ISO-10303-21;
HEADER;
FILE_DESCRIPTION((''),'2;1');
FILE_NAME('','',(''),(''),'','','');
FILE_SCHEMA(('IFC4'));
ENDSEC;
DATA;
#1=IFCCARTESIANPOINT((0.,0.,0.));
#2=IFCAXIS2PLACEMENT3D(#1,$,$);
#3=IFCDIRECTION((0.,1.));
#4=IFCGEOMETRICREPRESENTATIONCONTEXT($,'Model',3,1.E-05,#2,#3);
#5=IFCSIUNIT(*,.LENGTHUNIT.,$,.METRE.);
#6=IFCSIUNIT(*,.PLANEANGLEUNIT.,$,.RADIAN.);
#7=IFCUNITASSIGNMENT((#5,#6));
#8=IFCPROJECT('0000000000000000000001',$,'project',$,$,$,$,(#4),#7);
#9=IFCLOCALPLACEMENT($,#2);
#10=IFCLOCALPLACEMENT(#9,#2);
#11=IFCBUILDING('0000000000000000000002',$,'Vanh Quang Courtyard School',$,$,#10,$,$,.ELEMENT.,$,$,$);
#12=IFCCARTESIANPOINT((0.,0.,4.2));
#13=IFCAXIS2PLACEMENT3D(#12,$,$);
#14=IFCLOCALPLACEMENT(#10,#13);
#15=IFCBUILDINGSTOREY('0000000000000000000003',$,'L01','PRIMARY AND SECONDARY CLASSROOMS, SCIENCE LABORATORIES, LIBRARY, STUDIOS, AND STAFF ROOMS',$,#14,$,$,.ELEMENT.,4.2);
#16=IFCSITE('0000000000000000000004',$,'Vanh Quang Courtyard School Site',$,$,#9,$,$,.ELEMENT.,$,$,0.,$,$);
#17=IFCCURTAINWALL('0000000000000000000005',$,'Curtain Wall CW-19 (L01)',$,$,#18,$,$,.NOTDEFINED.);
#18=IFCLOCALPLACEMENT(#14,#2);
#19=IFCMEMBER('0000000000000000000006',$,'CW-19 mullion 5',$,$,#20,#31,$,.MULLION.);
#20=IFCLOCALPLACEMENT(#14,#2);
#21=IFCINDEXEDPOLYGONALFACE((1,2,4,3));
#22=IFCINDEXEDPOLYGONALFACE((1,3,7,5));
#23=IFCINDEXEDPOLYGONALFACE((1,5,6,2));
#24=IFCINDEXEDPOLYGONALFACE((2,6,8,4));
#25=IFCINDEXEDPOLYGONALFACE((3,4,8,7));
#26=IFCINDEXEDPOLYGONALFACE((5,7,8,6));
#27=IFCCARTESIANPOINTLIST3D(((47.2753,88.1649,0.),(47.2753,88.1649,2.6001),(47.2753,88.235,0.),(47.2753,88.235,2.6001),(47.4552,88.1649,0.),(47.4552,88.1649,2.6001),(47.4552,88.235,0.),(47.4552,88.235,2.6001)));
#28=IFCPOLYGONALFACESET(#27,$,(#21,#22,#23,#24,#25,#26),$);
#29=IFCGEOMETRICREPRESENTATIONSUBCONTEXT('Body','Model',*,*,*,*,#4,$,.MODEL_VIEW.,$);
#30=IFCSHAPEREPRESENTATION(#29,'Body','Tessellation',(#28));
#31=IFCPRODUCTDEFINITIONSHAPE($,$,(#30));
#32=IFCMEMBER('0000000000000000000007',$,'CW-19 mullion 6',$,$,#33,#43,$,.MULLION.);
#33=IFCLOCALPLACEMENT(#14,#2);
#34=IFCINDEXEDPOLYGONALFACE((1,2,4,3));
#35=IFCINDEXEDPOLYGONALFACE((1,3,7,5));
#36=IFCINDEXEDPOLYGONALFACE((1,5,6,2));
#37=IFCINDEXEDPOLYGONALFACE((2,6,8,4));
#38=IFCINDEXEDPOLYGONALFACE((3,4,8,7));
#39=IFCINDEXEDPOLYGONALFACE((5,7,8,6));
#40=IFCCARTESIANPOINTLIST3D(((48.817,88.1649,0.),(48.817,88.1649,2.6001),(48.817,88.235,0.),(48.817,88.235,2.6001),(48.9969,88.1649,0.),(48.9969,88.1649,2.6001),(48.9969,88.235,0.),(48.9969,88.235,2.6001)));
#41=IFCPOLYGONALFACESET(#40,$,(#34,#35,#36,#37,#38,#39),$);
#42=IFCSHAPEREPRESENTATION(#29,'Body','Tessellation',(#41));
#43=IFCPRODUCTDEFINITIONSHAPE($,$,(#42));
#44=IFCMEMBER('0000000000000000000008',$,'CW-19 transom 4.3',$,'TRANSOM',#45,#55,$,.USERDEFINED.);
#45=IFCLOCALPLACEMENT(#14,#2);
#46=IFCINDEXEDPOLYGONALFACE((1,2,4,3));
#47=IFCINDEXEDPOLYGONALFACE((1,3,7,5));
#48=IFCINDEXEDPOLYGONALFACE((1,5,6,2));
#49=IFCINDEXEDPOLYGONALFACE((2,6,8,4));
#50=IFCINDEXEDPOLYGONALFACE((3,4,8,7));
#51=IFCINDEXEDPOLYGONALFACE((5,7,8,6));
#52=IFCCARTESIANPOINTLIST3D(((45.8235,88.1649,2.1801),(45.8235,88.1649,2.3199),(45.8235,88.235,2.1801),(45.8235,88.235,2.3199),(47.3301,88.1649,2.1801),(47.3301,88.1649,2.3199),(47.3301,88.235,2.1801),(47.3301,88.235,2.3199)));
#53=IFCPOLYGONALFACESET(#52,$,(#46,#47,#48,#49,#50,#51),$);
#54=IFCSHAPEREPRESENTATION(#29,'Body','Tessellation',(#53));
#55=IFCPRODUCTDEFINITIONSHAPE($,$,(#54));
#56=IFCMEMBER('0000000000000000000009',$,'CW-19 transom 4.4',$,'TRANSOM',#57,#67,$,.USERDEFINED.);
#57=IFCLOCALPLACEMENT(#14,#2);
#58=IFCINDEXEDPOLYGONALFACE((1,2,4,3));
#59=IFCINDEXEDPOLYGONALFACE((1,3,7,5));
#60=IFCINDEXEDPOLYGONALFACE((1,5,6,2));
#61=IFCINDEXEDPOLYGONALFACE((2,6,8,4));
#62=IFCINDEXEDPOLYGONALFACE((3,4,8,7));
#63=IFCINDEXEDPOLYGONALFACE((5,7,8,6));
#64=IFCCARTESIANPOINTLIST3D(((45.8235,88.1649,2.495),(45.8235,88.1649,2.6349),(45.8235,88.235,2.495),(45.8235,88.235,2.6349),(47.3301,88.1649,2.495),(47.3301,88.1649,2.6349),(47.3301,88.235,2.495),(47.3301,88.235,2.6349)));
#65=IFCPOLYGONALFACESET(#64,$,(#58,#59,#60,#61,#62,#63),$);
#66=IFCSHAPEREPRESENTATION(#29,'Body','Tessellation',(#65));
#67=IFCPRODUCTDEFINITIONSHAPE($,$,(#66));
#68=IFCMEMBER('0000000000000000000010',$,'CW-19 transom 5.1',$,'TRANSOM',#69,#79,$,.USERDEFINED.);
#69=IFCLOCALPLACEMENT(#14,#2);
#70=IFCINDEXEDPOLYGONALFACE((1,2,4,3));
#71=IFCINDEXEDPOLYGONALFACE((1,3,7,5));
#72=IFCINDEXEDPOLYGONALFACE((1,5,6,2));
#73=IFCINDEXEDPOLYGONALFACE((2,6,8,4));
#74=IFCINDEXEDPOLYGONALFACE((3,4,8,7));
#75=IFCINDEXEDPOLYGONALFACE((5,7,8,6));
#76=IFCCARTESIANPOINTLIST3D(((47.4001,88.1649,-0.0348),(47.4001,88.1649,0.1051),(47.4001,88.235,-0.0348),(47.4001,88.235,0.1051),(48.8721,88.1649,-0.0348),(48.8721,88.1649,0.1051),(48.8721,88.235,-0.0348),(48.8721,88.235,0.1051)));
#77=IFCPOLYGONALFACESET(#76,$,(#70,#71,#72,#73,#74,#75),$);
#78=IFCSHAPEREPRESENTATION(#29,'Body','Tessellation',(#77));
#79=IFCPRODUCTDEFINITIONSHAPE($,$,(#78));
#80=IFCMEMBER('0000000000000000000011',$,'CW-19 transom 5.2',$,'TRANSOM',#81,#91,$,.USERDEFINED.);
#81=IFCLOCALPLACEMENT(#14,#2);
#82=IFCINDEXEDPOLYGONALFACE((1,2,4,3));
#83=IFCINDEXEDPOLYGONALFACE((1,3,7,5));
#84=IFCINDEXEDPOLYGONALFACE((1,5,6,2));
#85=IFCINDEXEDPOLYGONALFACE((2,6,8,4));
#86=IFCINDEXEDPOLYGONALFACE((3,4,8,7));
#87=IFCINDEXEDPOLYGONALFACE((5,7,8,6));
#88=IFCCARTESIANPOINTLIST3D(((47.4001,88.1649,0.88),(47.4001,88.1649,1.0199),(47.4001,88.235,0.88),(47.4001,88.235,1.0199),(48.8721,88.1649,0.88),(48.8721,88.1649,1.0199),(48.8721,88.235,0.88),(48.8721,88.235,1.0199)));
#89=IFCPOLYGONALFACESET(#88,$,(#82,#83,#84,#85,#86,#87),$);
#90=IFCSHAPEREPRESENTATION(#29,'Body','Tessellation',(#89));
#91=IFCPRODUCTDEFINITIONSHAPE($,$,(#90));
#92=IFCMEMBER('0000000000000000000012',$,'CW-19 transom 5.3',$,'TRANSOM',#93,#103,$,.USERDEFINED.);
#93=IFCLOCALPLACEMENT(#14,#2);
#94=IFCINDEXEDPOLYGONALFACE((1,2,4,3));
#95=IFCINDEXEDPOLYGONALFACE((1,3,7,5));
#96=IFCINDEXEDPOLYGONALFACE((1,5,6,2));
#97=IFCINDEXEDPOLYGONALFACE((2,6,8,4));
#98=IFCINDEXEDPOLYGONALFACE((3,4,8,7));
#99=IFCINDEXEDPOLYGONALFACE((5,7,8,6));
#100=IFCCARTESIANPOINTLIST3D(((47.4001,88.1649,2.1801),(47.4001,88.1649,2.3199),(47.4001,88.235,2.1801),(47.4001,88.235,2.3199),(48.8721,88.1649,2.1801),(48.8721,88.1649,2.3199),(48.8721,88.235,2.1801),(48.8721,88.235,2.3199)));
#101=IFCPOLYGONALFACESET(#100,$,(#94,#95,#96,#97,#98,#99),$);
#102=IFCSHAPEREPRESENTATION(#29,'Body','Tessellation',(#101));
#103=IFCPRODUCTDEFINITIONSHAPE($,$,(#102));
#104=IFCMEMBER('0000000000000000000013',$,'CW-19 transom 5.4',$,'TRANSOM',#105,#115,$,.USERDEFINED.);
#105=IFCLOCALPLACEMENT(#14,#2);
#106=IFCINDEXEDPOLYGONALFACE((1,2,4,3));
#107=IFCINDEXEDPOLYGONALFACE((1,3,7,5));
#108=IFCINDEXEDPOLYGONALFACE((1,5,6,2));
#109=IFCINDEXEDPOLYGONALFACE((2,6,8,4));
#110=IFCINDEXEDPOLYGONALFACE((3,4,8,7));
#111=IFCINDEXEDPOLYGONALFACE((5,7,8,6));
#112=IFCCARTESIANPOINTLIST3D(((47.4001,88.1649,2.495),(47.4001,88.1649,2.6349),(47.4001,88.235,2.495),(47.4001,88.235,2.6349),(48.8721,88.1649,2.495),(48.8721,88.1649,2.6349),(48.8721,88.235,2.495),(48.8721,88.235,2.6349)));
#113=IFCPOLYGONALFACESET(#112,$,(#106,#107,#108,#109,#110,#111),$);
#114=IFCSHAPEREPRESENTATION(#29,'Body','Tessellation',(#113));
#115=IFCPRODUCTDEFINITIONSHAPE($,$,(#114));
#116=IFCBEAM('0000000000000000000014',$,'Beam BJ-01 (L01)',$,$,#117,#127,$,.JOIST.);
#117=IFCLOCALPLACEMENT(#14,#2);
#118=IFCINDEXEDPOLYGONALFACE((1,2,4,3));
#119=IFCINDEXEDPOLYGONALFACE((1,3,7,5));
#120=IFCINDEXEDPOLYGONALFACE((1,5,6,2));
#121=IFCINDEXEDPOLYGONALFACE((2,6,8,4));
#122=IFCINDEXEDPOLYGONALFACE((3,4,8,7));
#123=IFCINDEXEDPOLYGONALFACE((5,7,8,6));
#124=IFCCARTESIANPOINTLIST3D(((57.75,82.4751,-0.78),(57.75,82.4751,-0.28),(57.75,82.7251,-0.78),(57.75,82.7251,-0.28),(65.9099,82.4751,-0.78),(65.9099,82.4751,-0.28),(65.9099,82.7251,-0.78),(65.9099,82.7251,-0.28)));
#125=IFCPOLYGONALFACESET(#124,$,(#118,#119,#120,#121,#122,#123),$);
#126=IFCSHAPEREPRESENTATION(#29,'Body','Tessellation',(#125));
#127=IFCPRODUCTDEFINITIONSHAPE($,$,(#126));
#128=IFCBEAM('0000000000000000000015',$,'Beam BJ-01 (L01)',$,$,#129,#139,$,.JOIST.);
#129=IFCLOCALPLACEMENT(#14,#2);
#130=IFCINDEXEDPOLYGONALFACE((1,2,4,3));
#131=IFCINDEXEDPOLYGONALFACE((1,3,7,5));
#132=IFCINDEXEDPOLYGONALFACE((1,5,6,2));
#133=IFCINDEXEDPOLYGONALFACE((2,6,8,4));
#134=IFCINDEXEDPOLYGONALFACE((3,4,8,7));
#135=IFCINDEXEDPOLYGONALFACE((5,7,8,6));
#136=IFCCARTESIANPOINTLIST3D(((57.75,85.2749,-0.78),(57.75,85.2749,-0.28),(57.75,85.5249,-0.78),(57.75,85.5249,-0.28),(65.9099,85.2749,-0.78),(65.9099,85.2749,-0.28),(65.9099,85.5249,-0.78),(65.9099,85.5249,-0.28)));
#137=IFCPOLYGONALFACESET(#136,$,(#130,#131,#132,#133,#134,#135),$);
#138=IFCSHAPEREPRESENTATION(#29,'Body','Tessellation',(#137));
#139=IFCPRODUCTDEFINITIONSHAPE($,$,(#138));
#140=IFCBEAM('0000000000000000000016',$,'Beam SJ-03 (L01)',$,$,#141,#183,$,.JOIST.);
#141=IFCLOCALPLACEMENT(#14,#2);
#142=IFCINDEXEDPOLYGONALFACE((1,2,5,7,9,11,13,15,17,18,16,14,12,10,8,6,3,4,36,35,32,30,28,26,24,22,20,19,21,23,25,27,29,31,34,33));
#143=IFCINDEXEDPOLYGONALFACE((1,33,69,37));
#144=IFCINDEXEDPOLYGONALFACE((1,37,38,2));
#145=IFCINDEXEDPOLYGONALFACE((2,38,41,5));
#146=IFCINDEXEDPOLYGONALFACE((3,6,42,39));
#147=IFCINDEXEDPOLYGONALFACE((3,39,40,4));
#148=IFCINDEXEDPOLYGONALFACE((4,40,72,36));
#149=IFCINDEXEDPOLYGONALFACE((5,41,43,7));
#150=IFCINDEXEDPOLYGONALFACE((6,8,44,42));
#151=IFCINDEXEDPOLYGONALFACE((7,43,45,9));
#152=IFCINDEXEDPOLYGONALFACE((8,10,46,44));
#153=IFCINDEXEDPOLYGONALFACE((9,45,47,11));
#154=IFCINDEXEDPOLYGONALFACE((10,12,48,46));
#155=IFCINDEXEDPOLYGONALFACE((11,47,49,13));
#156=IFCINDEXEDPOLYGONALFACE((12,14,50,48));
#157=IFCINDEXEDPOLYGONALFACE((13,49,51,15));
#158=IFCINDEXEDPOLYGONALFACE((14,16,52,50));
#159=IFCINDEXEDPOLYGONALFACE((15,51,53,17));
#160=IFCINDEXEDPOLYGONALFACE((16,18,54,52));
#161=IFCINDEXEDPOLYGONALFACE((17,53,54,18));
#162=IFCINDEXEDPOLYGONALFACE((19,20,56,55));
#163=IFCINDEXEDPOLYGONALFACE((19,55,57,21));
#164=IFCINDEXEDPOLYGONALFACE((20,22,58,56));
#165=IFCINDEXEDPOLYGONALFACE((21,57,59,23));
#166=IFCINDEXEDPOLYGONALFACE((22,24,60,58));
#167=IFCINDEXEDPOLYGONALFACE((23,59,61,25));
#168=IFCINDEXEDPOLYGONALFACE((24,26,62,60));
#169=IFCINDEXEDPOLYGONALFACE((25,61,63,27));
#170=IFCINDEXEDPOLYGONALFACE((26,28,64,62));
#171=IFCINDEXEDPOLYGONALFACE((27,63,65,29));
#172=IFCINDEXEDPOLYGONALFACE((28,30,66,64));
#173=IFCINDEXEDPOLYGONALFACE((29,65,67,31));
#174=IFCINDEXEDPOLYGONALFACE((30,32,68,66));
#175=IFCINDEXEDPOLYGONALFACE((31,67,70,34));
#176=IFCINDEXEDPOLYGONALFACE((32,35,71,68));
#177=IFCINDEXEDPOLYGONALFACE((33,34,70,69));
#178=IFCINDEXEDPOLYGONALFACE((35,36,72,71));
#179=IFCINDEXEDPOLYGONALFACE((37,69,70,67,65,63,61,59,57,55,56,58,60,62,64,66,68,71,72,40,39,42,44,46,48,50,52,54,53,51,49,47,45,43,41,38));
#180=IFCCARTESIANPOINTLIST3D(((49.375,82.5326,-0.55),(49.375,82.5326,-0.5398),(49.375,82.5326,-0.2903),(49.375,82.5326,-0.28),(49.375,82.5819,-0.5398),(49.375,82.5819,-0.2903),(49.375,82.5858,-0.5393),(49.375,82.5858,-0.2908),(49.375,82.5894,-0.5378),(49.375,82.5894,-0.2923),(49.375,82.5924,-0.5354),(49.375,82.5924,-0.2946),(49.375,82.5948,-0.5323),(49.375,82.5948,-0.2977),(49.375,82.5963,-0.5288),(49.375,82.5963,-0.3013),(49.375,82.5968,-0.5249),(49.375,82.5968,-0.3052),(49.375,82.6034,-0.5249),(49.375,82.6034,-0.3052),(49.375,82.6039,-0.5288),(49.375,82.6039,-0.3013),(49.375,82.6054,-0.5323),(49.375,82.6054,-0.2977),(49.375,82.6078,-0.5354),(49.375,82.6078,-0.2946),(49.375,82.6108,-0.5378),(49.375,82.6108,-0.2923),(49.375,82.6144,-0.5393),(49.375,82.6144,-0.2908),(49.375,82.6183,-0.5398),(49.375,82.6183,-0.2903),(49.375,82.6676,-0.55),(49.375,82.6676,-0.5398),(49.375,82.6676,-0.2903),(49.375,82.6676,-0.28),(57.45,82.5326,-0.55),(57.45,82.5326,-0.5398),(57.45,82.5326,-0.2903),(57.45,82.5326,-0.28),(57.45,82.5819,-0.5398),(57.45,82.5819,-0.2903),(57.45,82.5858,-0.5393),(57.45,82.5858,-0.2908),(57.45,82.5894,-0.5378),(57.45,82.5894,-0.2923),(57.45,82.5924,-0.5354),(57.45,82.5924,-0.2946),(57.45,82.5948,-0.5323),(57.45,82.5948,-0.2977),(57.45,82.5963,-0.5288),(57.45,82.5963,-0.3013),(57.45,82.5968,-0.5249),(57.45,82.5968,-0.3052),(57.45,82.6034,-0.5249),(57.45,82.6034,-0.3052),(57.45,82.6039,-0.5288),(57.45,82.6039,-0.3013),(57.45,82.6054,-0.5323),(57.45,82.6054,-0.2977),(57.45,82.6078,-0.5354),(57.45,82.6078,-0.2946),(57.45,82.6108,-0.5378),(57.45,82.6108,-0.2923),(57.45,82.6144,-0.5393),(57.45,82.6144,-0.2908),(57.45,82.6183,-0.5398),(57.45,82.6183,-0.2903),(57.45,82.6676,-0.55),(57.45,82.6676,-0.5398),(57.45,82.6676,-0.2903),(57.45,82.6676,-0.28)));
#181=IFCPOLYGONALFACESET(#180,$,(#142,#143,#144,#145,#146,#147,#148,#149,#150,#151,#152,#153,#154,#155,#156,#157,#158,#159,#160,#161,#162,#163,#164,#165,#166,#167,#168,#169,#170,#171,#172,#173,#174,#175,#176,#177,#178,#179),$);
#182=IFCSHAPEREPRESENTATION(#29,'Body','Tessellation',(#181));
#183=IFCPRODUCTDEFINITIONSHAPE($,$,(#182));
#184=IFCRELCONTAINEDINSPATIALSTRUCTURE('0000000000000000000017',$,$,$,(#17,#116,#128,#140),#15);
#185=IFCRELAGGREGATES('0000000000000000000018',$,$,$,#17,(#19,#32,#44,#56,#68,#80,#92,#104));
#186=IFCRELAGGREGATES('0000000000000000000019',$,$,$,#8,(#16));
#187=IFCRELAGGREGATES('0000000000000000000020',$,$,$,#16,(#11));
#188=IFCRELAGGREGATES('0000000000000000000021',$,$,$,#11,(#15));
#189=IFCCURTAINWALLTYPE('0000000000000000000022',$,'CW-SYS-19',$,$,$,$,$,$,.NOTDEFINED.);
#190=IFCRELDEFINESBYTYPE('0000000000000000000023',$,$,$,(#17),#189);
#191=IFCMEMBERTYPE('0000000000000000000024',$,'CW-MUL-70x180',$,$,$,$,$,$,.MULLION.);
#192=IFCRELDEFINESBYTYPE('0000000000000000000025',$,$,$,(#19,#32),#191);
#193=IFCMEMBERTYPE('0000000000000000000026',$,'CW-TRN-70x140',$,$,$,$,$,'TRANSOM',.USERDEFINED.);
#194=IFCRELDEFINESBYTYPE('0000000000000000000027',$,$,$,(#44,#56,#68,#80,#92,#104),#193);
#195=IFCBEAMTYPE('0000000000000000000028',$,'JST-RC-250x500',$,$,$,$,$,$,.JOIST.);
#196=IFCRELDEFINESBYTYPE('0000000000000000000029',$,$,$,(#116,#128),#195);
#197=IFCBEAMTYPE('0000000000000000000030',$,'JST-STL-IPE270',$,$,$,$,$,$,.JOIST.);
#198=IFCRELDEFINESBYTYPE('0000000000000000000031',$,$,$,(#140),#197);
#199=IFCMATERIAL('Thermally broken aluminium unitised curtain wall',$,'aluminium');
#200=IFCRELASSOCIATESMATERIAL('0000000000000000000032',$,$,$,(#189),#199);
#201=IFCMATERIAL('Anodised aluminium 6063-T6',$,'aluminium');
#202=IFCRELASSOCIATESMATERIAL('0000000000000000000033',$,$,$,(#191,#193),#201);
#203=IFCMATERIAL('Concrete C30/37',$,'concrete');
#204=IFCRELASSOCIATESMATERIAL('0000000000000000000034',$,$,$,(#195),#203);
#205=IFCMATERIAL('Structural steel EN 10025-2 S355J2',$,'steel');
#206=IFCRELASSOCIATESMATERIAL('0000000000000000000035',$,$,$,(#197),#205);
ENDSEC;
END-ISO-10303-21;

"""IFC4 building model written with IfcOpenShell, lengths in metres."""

from ifc_helpers import new_model, si_unit, direction, frame, origin, origin_2d, place, context, subcontext, project, spatial, rectangle, i_section, extrude, material, material_profile, profile_set, type_object, element, aggregate, save


model = new_model("IFC4")

# Units and contexts
model_context = context("Model", 3, precision=1e-05, world=origin(), true_north=direction((0.0, 1.0)))
body_context = subcontext(model_context, "Body", "Model", "MODEL_VIEW")
ifc_project = project(units=[si_unit("LENGTHUNIT", "METRE"), si_unit("PLANEANGLEUNIT", "RADIAN")], contexts=[model_context])

# Site, building, storey
site_placement = place(None, origin())
site = spatial("IfcSite", under=ifc_project, at=site_placement, Name="Vanh Quang Courtyard School Site", CompositionType="ELEMENT", RefElevation=0.0)
building_placement = place(site_placement, origin())
building = spatial("IfcBuilding", under=site, at=building_placement, Name="Vanh Quang Courtyard School", CompositionType="ELEMENT")
storey_placement = place(building_placement, frame((0.0, 0.0, 4.2)))
storey = spatial("IfcBuildingStorey", under=building, at=storey_placement, Name="L01", Description="PRIMARY AND SECONDARY CLASSROOMS, SCIENCE LABORATORIES, LIBRARY, STUDIOS, AND STAFF ROOMS", CompositionType="ELEMENT", Elevation=4.2)

# Shared definitions
ifc_material_1 = material(Name="Structural steel EN 10025-2 S355J2", Category="steel")

# Curtain wall, members
ifc_material_2 = material(Name="Thermally broken aluminium unitised curtain wall", Category="aluminium")
curtain_wall_type = type_object("IfcCurtainWallType", Name="CW-SYS-19", PredefinedType="NOTDEFINED", material=ifc_material_2)
curtain_wall_placement = place(storey_placement, origin())
curtain_wall = element("IfcCurtainWall", 1, at=curtain_wall_placement, inside=storey, type_object=curtain_wall_type, Name="Curtain Wall CW-19 (L01)", PredefinedType="NOTDEFINED")
ifc_material_3 = material(Name="Anodised aluminium 6063-T6", Category="aluminium")
ifc_material_profile_1 = material_profile(ifc_material_3, rectangle(XDim=0.0701, YDim=0.1799, at=origin_2d()), Name="ALU-MUL 70x180")
ifc_profile_set_1 = profile_set([ifc_material_profile_1], Name="Anodised aluminium 6063-T6")
member_type_1 = type_object("IfcMemberType", Name="CW-MUL-70x180", PredefinedType="MULLION", material=ifc_profile_set_1)
member_1_placement = place(storey_placement, frame((47.3652, 88.2, 0.0), z_axis=(0.0, 0.0, 1.0), x_axis=(0.0, 1.0, 0.0)))
member_1 = element("IfcMember", 2, at=member_1_placement, type_object=member_type_1, Name="CW-19 mullion 5", PredefinedType="MULLION", context=body_context, shape_type="SweptSolid", body=[
    extrude(rectangle(XDim=0.0701, YDim=0.1799, at=origin_2d()), origin(), (0.0, 0.0, 1.0), 2.6001),
])
member_2_placement = place(storey_placement, frame((48.907, 88.2, 0.0), z_axis=(0.0, 0.0, 1.0), x_axis=(0.0, 1.0, 0.0)))
member_2 = element("IfcMember", 3, at=member_2_placement, type_object=member_type_1, Name="CW-19 mullion 6", PredefinedType="MULLION", context=body_context, shape_type="SweptSolid", body=[
    extrude(rectangle(XDim=0.0701, YDim=0.1799, at=origin_2d()), origin(), (0.0, 0.0, 1.0), 2.6001),
])
ifc_material_profile_2 = material_profile(ifc_material_3, rectangle(XDim=0.0701, YDim=0.1399, at=origin_2d()), Name="ALU-TRN 70x140")
ifc_profile_set_2 = profile_set([ifc_material_profile_2], Name="Anodised aluminium 6063-T6")
member_type_2 = type_object("IfcMemberType", Name="CW-TRN-70x140", ElementType="TRANSOM", PredefinedType="USERDEFINED", material=ifc_profile_set_2)
member_3_placement = place(storey_placement, frame((45.8235, 88.2, 2.25), z_axis=(1.0, 0.0, 0.0), x_axis=(0.0, 1.0, 0.0)))
member_3 = element("IfcMember", 4, at=member_3_placement, type_object=member_type_2, Name="CW-19 transom 4.3", ObjectType="TRANSOM", PredefinedType="USERDEFINED", context=body_context, shape_type="SweptSolid", body=[
    extrude(rectangle(XDim=0.0701, YDim=0.1399, at=origin_2d()), origin(), (0.0, 0.0, 1.0), 1.5066),
])
member_4_placement = place(storey_placement, frame((45.8235, 88.2, 2.5649), z_axis=(1.0, 0.0, 0.0), x_axis=(0.0, 1.0, 0.0)))
member_4 = element("IfcMember", 5, at=member_4_placement, type_object=member_type_2, Name="CW-19 transom 4.4", ObjectType="TRANSOM", PredefinedType="USERDEFINED", context=body_context, shape_type="SweptSolid", body=[
    extrude(rectangle(XDim=0.0701, YDim=0.1399, at=origin_2d()), origin(), (0.0, 0.0, 1.0), 1.5066),
])
member_5_placement = place(storey_placement, frame((47.4001, 88.2, 0.0352), z_axis=(1.0, 0.0, 0.0), x_axis=(0.0, 1.0, 0.0)))
member_5 = element("IfcMember", 6, at=member_5_placement, type_object=member_type_2, Name="CW-19 transom 5.1", ObjectType="TRANSOM", PredefinedType="USERDEFINED", context=body_context, shape_type="SweptSolid", body=[
    extrude(rectangle(XDim=0.0701, YDim=0.1399, at=origin_2d()), origin(), (0.0, 0.0, 1.0), 1.4719),
])
member_6_placement = place(storey_placement, frame((47.4001, 88.2, 0.95), z_axis=(1.0, 0.0, 0.0), x_axis=(0.0, 1.0, 0.0)))
member_6 = element("IfcMember", 7, at=member_6_placement, type_object=member_type_2, Name="CW-19 transom 5.2", ObjectType="TRANSOM", PredefinedType="USERDEFINED", context=body_context, shape_type="SweptSolid", body=[
    extrude(rectangle(XDim=0.0701, YDim=0.1399, at=origin_2d()), origin(), (0.0, 0.0, 1.0), 1.4719),
])
member_7_placement = place(storey_placement, frame((47.4001, 88.2, 2.25), z_axis=(1.0, 0.0, 0.0), x_axis=(0.0, 1.0, 0.0)))
member_7 = element("IfcMember", 8, at=member_7_placement, type_object=member_type_2, Name="CW-19 transom 5.3", ObjectType="TRANSOM", PredefinedType="USERDEFINED", context=body_context, shape_type="SweptSolid", body=[
    extrude(rectangle(XDim=0.0701, YDim=0.1399, at=origin_2d()), origin(), (0.0, 0.0, 1.0), 1.4719),
])
member_8_placement = place(storey_placement, frame((47.4001, 88.2, 2.5649), z_axis=(1.0, 0.0, 0.0), x_axis=(0.0, 1.0, 0.0)))
member_8 = element("IfcMember", 9, at=member_8_placement, type_object=member_type_2, Name="CW-19 transom 5.4", ObjectType="TRANSOM", PredefinedType="USERDEFINED", context=body_context, shape_type="SweptSolid", body=[
    extrude(rectangle(XDim=0.0701, YDim=0.1399, at=origin_2d()), origin(), (0.0, 0.0, 1.0), 1.4719),
])

# Beams
ifc_material_4 = material(Name="Concrete C30/37", Category="concrete")
ifc_material_profile_3 = material_profile(ifc_material_4, rectangle(XDim=0.25, YDim=0.5, at=origin_2d()), Name="RC-JST 250x500")
ifc_profile_set_3 = profile_set([ifc_material_profile_3], Name="Concrete C30/37")
beam_type_1 = type_object("IfcBeamType", Name="JST-RC-250x500", PredefinedType="JOIST", material=ifc_profile_set_3)
for number, where, z_axis, x_axis, name in (
    (10, (57.75, 82.6001, -0.53), (1.0, 0.0, 0.0), (0.0, 1.0, 0.0), "Beam BJ-01 (L01)"),
    (11, (57.75, 85.3999, -0.53), (1.0, 0.0, 0.0), (0.0, 1.0, 0.0), "Beam BJ-01 (L01)"),
):
    element("IfcBeam", number, at=place(storey_placement, frame(where, z_axis=z_axis, x_axis=x_axis)), inside=storey, type_object=beam_type_1, Name=name, PredefinedType="JOIST", context=body_context, shape_type="SweptSolid", body=[
        extrude(rectangle(XDim=0.25, YDim=0.5, at=origin_2d()), origin(), (0.0, 0.0, 1.0), 8.1599),
    ])
ifc_material_profile_4 = material_profile(ifc_material_1, i_section(OverallWidth=0.135, OverallDepth=0.27, WebThickness=0.0066, FlangeThickness=0.0103, FilletRadius=0.0149, at=origin_2d()), Name="IPE 270")
ifc_profile_set_4 = profile_set([ifc_material_profile_4], Name="Structural steel EN 10025-2 S355J2")
beam_type_2 = type_object("IfcBeamType", Name="JST-STL-IPE270", PredefinedType="JOIST", material=ifc_profile_set_4)
for number, where, z_axis, x_axis, name in (
    (12, (49.375, 82.6001, -0.415), (1.0, 0.0, 0.0), (0.0, 1.0, 0.0), "Beam SJ-03 (L01)"),
):
    element("IfcBeam", number, at=place(storey_placement, frame(where, z_axis=z_axis, x_axis=x_axis)), inside=storey, type_object=beam_type_2, Name=name, PredefinedType="JOIST", context=body_context, shape_type="SweptSolid", body=[
        extrude(i_section(OverallWidth=0.135, OverallDepth=0.27, WebThickness=0.0066, FlangeThickness=0.0103, FilletRadius=0.0149, at=origin_2d()), origin(), (0.0, 0.0, 1.0), 8.075),
    ])

aggregate(curtain_wall, [member_1, member_2, member_3, member_4, member_5, member_6, member_7, member_8])

save(model, "model.ifc")
